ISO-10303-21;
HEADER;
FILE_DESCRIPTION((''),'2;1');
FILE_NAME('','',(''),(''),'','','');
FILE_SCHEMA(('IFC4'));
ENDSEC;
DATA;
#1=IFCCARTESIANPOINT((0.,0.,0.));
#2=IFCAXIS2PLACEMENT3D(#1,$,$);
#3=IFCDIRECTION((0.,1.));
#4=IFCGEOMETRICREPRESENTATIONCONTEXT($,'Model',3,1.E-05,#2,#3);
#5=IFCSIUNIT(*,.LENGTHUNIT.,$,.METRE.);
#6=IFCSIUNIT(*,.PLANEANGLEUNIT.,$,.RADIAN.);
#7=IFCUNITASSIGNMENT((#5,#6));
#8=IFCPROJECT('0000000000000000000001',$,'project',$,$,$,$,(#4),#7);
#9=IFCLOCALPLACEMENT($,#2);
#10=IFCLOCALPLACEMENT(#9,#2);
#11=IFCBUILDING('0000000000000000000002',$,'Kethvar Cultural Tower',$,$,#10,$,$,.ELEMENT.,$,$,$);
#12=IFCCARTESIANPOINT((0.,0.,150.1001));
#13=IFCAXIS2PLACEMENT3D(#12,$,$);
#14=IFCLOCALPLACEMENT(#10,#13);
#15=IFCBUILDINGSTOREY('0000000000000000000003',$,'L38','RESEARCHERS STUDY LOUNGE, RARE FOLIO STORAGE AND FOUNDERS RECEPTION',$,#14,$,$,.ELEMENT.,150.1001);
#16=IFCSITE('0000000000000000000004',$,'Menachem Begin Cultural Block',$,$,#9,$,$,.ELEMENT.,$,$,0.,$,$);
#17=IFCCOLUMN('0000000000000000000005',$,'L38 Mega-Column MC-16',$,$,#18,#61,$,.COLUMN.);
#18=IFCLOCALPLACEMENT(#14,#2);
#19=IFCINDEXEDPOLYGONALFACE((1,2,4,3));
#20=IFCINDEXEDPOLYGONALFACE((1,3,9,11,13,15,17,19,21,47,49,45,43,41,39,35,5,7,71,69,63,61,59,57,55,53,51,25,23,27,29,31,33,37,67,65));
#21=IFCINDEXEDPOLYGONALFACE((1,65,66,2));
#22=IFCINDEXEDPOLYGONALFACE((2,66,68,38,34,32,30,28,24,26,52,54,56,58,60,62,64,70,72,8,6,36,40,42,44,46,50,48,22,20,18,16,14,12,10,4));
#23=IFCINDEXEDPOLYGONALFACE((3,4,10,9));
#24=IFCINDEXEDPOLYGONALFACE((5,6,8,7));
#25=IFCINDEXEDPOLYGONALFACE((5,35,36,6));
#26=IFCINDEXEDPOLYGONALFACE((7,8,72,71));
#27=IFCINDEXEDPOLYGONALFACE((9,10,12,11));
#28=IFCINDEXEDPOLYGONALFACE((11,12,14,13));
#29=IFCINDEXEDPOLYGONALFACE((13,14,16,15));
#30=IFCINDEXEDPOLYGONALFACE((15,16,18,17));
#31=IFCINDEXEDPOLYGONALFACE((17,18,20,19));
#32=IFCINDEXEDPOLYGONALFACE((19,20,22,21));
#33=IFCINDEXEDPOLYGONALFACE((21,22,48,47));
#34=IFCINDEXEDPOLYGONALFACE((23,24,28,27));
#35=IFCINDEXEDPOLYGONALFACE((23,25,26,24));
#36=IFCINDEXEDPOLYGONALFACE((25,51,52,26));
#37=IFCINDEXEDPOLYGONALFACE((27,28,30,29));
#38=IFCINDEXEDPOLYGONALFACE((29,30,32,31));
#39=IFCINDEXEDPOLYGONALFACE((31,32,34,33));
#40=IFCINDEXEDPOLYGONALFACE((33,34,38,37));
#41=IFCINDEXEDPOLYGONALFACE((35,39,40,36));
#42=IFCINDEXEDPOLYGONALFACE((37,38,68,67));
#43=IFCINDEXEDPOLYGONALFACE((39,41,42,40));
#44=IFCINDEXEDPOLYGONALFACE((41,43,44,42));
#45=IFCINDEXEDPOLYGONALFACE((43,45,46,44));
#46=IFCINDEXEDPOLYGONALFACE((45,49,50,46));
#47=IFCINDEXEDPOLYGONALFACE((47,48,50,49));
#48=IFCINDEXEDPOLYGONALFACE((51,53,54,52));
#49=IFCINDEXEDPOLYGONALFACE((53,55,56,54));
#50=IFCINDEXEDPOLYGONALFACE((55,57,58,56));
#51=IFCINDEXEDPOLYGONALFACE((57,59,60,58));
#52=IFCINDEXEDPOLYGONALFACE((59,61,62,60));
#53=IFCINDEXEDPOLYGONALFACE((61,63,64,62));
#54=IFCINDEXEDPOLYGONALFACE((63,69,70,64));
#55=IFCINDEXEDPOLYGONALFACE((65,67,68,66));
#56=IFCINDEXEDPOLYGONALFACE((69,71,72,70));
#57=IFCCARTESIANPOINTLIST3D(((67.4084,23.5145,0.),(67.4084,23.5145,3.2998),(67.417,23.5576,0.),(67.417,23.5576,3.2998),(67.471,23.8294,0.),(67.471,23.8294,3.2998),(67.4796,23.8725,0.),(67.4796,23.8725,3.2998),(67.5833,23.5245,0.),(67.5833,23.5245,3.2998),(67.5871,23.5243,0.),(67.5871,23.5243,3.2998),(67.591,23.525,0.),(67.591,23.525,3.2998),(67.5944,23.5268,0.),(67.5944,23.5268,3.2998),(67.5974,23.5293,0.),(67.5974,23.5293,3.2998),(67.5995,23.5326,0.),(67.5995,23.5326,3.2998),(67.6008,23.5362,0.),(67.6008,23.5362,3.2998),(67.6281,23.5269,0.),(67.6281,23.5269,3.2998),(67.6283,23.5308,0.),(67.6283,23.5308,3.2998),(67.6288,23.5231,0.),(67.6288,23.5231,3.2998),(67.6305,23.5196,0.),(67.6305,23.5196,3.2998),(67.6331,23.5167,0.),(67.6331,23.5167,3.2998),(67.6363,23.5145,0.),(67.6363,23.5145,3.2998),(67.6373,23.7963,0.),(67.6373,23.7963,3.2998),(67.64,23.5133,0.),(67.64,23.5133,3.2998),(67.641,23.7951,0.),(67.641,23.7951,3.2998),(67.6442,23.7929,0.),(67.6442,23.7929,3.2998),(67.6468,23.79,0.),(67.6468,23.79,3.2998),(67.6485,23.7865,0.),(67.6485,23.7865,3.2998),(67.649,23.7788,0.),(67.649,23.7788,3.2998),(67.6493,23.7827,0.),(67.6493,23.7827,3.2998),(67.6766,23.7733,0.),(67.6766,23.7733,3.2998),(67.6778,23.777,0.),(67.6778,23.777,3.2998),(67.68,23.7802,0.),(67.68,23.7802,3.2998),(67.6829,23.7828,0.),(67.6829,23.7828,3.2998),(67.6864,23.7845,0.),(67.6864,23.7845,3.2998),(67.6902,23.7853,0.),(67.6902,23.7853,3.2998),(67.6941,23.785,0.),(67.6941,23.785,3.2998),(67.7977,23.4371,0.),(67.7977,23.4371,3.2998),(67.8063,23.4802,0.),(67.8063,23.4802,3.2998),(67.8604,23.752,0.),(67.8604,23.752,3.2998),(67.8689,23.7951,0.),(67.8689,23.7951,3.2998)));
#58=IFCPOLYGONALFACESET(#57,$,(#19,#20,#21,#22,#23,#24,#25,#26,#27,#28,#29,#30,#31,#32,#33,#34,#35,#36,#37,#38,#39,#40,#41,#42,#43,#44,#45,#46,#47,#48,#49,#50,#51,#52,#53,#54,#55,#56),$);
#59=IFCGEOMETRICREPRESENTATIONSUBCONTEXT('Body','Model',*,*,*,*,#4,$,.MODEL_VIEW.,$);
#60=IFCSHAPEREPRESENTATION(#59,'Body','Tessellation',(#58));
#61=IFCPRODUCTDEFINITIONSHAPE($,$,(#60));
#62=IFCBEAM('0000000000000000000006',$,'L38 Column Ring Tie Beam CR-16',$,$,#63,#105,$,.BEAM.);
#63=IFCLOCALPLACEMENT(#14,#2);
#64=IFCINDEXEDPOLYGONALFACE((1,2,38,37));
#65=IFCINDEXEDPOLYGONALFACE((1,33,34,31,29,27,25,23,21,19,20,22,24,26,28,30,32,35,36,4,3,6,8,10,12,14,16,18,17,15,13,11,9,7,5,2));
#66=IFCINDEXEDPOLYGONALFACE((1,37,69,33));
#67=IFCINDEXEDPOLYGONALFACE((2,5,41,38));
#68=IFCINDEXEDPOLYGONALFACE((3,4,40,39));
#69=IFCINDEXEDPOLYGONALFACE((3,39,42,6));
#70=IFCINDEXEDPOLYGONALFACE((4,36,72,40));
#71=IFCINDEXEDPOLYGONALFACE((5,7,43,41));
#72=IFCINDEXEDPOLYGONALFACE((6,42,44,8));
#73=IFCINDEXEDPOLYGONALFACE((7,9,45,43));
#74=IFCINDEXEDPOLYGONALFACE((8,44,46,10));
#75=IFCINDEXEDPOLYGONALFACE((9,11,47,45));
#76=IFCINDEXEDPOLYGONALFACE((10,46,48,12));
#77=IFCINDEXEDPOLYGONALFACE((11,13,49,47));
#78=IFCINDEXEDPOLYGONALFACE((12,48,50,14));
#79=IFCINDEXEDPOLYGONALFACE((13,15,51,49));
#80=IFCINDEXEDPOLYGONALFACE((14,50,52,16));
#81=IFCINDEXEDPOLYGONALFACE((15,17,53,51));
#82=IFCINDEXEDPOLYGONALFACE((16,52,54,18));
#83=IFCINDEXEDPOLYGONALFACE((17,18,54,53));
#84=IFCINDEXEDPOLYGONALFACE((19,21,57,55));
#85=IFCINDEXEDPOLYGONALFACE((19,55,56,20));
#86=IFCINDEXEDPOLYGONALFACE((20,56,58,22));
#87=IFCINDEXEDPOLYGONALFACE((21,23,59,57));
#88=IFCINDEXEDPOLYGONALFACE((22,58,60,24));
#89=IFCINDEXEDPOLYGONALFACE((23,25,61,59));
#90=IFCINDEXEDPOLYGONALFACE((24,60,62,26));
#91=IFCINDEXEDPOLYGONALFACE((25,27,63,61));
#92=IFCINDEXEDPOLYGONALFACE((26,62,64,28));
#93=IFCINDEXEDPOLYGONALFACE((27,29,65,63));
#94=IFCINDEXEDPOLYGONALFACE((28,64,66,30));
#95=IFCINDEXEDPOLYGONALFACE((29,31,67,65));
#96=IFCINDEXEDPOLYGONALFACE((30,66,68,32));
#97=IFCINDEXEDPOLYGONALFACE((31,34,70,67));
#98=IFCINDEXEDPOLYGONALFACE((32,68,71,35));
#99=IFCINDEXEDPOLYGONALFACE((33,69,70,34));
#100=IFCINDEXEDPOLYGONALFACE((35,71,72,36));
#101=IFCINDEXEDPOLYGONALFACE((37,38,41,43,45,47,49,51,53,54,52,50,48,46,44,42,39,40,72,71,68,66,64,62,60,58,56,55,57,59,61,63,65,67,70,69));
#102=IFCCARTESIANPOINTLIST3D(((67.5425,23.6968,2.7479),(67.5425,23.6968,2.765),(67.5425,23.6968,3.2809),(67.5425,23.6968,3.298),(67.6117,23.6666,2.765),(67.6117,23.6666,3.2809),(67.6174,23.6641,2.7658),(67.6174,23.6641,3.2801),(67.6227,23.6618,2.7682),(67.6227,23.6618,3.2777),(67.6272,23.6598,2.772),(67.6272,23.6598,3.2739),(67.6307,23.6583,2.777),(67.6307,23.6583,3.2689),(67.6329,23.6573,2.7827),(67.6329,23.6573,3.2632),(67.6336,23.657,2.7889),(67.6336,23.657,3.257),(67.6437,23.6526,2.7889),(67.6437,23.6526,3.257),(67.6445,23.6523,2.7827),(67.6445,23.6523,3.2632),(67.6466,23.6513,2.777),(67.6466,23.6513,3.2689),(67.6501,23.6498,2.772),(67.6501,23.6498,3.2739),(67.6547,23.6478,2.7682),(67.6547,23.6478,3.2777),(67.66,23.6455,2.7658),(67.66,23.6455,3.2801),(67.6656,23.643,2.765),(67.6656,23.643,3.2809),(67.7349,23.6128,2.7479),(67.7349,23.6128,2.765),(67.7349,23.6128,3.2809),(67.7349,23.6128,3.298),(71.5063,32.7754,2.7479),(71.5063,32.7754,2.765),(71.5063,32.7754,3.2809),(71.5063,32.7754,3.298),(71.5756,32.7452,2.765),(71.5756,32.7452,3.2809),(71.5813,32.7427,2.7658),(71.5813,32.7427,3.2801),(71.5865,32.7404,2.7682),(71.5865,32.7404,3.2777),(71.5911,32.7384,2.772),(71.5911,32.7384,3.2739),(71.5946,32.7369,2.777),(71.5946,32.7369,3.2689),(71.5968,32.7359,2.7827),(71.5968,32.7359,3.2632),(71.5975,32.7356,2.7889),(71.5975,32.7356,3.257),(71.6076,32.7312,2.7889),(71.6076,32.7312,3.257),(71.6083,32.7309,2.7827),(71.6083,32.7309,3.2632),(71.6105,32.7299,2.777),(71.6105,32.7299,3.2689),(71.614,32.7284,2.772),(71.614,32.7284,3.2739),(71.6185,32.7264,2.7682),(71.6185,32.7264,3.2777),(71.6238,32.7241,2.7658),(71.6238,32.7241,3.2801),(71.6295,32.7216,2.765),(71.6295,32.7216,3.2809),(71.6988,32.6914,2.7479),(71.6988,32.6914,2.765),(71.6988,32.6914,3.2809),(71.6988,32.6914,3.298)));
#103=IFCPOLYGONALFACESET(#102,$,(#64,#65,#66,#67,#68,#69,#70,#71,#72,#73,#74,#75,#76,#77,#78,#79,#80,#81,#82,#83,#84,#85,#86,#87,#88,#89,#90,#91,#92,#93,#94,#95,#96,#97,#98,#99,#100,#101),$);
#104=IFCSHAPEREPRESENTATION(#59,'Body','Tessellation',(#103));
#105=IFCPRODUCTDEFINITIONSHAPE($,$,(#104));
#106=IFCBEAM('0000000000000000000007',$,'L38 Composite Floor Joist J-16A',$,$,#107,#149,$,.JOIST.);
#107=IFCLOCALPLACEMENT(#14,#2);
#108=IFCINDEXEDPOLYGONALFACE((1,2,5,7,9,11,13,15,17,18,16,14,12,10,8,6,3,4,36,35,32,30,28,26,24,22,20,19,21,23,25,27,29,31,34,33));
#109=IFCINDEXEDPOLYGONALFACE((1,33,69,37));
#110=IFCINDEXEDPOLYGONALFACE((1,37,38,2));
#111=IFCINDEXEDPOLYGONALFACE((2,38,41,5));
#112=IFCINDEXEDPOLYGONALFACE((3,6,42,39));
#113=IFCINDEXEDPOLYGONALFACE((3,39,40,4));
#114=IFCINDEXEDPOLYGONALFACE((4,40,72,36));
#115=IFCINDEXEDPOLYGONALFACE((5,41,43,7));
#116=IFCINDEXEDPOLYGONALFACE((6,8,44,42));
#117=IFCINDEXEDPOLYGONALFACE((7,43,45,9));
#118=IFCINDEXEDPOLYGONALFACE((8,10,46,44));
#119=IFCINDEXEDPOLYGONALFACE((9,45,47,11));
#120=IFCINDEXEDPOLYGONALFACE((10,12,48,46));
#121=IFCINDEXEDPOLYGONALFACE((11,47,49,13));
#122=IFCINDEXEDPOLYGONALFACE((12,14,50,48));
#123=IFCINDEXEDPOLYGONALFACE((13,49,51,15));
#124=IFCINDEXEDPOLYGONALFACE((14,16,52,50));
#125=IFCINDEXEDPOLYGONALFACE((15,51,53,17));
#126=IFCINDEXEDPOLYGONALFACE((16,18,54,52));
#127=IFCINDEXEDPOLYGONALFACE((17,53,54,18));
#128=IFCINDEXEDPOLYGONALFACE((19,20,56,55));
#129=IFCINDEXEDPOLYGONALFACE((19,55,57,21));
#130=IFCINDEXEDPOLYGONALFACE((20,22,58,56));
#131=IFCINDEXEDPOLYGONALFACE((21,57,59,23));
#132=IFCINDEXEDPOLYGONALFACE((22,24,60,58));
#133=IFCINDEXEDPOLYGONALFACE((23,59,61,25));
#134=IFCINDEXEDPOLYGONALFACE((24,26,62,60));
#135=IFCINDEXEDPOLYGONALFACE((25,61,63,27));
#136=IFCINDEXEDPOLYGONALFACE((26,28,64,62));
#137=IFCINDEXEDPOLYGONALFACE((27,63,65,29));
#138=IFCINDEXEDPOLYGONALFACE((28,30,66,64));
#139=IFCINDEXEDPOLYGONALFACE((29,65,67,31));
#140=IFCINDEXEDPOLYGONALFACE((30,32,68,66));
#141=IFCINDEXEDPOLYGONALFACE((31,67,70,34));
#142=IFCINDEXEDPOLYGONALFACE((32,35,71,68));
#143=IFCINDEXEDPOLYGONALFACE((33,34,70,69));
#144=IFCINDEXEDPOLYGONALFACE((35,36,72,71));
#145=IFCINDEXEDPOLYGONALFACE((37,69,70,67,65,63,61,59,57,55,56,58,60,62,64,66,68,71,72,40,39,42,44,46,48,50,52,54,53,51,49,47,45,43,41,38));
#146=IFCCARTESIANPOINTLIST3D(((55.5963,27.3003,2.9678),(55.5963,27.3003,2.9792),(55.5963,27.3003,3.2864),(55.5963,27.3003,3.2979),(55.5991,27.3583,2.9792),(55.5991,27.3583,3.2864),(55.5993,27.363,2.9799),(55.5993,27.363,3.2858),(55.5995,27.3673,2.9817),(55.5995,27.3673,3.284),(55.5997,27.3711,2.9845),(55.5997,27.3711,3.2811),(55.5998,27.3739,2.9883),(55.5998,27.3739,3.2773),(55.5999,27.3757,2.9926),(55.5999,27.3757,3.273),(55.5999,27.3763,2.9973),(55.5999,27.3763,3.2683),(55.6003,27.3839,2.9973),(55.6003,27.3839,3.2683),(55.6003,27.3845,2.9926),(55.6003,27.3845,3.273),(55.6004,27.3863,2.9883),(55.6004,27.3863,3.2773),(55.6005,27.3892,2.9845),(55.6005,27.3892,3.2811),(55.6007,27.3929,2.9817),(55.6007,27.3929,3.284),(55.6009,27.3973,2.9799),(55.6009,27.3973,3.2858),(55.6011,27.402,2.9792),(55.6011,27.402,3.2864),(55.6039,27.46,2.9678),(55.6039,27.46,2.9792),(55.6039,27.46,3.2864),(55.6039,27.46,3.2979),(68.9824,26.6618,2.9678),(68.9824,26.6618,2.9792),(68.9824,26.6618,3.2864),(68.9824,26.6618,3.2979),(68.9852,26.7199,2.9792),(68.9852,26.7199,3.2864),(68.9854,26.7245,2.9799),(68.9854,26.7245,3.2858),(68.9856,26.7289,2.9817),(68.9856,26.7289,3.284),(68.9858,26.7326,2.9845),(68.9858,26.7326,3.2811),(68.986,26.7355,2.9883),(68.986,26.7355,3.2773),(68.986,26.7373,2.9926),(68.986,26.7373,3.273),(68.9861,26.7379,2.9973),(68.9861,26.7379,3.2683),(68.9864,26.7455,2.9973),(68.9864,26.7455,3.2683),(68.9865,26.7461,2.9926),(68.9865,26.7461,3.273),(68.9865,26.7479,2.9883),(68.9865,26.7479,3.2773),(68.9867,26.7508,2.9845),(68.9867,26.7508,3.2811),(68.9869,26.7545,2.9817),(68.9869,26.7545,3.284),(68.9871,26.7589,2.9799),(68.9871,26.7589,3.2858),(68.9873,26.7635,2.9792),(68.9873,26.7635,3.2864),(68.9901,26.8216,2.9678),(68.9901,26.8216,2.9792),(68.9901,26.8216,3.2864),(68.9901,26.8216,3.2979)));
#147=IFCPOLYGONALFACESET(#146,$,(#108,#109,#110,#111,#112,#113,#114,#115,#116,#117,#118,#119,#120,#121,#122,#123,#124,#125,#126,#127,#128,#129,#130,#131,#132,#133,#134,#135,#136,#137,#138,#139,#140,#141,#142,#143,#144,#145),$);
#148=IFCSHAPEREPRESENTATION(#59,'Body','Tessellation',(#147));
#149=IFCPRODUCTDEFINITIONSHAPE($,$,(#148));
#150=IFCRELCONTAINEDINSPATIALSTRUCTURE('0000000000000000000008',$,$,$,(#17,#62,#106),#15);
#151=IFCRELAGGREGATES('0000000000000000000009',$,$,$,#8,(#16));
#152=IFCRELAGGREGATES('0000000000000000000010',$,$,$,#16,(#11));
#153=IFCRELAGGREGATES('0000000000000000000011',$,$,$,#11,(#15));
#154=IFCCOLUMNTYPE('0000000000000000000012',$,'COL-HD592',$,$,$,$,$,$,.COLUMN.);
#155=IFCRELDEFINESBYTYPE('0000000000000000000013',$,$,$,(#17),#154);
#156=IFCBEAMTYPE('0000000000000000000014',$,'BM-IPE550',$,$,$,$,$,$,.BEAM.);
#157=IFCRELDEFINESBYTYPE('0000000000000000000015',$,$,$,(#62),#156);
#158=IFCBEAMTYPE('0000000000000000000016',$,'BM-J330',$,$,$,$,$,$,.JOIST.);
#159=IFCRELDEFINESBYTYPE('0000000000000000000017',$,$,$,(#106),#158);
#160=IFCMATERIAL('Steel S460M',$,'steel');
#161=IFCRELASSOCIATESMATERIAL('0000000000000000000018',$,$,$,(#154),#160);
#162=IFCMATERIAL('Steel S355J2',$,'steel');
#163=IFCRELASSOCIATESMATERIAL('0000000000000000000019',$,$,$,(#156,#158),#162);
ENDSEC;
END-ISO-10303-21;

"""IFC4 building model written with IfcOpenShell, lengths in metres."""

from ifc_helpers import new_model, si_unit, direction, frame, origin, origin_2d, place, context, subcontext, project, spatial, i_section, extrude, source, transform, mapped, material, material_profile, profile_set, type_object, element, save


model = new_model("IFC4")

# Units and contexts
model_context = context("Model", 3, precision=1e-05, world=origin(), true_north=direction((0.0, 1.0)))
body_context = subcontext(model_context, "Body", "Model", "MODEL_VIEW")
ifc_project = project(units=[si_unit("LENGTHUNIT", "METRE"), si_unit("PLANEANGLEUNIT", "RADIAN")], contexts=[model_context])

# Site, building, storey
site_placement = place(None, origin())
site = spatial("IfcSite", under=ifc_project, at=site_placement, Name="Menachem Begin Cultural Block", CompositionType="ELEMENT", RefElevation=0.0)
building_placement = place(site_placement, origin())
building = spatial("IfcBuilding", under=site, at=building_placement, Name="Kethvar Cultural Tower", CompositionType="ELEMENT")
storey_placement = place(building_placement, frame((0.0, 0.0, 150.1001)))
storey = spatial("IfcBuildingStorey", under=building, at=storey_placement, Name="L38", Description="RESEARCHERS STUDY LOUNGE, RARE FOLIO STORAGE AND FOUNDERS RECEPTION", CompositionType="ELEMENT", Elevation=150.1001)

# Column
ifc_material_1 = material(Name="Steel S460M", Category="steel")
ifc_material_profile_1 = material_profile(ifc_material_1, i_section(OverallWidth=0.397, OverallDepth=0.365, WebThickness=0.0281, FlangeThickness=0.0439, FilletRadius=0.0149, at=origin_2d()), Name="Steel S460M — HD400x592")
ifc_profile_set_1 = profile_set([ifc_material_profile_1], Name="Steel S460M — HD400x592")
column_type = type_object("IfcColumnType", Name="COL-HD592", PredefinedType="COLUMN", material=ifc_profile_set_1)
shared_shape_1 = source(origin(), body_context, "Body", "SweptSolid", [
    extrude(i_section(OverallWidth=0.397, OverallDepth=0.365, WebThickness=0.0281, FlangeThickness=0.0439, FilletRadius=0.0149, at=origin_2d()), origin(), (0.0, 0.0, 1.0), 3.2998),
])
column_placement = place(storey_placement, frame((67.6387, 23.6548, 0.0), z_axis=(0.0, 0.0, 1.0), x_axis=(0.980785, -0.19509, 0.0)))
element("IfcColumn", 1, at=column_placement, inside=storey, type_object=column_type, Name="L38 Mega-Column MC-16", PredefinedType="COLUMN", context=body_context, shape_type="MappedRepresentation", body=[
    mapped(shared_shape_1, transform((0.0, 0.0, 0.0), scale=1.0)),
])

# Beams
ifc_material_2 = material(Name="Steel S355J2", Category="steel")
ifc_material_profile_2 = material_profile(ifc_material_2, i_section(OverallWidth=0.21, OverallDepth=0.55, WebThickness=0.011, FlangeThickness=0.0171, FilletRadius=0.0239, at=origin_2d()), Name="Steel S355J2 — IPE550")
ifc_profile_set_2 = profile_set([ifc_material_profile_2], Name="Steel S355J2 — IPE550")
beam_type_1 = type_object("IfcBeamType", Name="BM-IPE550", PredefinedType="BEAM", material=ifc_profile_set_2)
shared_shape_2 = source(origin(), body_context, "Body", "SweptSolid", [
    extrude(i_section(OverallWidth=0.21, OverallDepth=0.55, WebThickness=0.011, FlangeThickness=0.0171, FilletRadius=0.0239, at=origin_2d()), origin(), (0.0, 0.0, 1.0), 9.9062),
])
beam_1_placement = place(storey_placement, frame((67.6387, 23.6548, 3.0229), z_axis=(0.400139, 0.916455, 0.0), x_axis=(-0.916455, 0.400139, 0.0)))
element("IfcBeam", 2, at=beam_1_placement, inside=storey, type_object=beam_type_1, Name="L38 Column Ring Tie Beam CR-16", PredefinedType="BEAM", context=body_context, shape_type="MappedRepresentation", body=[
    mapped(shared_shape_2, transform((0.0, 0.0, 0.0), scale=1.0)),
])
ifc_material_profile_3 = material_profile(ifc_material_2, i_section(OverallWidth=0.1599, OverallDepth=0.3301, WebThickness=0.0076, FlangeThickness=0.0115, FilletRadius=0.0181, at=origin_2d()), Name="Steel S355J2 — IPE330")
ifc_profile_set_3 = profile_set([ifc_material_profile_3], Name="Steel S355J2 — IPE330")
beam_type_2 = type_object("IfcBeamType", Name="BM-J330", PredefinedType="JOIST", material=ifc_profile_set_3)
shared_shape_3 = source(origin(), body_context, "Body", "SweptSolid", [
    extrude(i_section(OverallWidth=0.1599, OverallDepth=0.3301, WebThickness=0.0076, FlangeThickness=0.0115, FilletRadius=0.0181, at=origin_2d()), origin(), (0.0, 0.0, 1.0), 13.4014),
])
beam_2_placement = place(storey_placement, frame((55.6001, 27.3801, 3.1328), z_axis=(0.998865, -0.047639, 0.0), x_axis=(0.047639, 0.998865, 0.0)))
element("IfcBeam", 3, at=beam_2_placement, inside=storey, type_object=beam_type_2, Name="L38 Composite Floor Joist J-16A", PredefinedType="JOIST", context=body_context, shape_type="MappedRepresentation", body=[
    mapped(shared_shape_3, transform((0.0, 0.0, 0.0), scale=1.0)),
])

save(model, "model.ifc")
